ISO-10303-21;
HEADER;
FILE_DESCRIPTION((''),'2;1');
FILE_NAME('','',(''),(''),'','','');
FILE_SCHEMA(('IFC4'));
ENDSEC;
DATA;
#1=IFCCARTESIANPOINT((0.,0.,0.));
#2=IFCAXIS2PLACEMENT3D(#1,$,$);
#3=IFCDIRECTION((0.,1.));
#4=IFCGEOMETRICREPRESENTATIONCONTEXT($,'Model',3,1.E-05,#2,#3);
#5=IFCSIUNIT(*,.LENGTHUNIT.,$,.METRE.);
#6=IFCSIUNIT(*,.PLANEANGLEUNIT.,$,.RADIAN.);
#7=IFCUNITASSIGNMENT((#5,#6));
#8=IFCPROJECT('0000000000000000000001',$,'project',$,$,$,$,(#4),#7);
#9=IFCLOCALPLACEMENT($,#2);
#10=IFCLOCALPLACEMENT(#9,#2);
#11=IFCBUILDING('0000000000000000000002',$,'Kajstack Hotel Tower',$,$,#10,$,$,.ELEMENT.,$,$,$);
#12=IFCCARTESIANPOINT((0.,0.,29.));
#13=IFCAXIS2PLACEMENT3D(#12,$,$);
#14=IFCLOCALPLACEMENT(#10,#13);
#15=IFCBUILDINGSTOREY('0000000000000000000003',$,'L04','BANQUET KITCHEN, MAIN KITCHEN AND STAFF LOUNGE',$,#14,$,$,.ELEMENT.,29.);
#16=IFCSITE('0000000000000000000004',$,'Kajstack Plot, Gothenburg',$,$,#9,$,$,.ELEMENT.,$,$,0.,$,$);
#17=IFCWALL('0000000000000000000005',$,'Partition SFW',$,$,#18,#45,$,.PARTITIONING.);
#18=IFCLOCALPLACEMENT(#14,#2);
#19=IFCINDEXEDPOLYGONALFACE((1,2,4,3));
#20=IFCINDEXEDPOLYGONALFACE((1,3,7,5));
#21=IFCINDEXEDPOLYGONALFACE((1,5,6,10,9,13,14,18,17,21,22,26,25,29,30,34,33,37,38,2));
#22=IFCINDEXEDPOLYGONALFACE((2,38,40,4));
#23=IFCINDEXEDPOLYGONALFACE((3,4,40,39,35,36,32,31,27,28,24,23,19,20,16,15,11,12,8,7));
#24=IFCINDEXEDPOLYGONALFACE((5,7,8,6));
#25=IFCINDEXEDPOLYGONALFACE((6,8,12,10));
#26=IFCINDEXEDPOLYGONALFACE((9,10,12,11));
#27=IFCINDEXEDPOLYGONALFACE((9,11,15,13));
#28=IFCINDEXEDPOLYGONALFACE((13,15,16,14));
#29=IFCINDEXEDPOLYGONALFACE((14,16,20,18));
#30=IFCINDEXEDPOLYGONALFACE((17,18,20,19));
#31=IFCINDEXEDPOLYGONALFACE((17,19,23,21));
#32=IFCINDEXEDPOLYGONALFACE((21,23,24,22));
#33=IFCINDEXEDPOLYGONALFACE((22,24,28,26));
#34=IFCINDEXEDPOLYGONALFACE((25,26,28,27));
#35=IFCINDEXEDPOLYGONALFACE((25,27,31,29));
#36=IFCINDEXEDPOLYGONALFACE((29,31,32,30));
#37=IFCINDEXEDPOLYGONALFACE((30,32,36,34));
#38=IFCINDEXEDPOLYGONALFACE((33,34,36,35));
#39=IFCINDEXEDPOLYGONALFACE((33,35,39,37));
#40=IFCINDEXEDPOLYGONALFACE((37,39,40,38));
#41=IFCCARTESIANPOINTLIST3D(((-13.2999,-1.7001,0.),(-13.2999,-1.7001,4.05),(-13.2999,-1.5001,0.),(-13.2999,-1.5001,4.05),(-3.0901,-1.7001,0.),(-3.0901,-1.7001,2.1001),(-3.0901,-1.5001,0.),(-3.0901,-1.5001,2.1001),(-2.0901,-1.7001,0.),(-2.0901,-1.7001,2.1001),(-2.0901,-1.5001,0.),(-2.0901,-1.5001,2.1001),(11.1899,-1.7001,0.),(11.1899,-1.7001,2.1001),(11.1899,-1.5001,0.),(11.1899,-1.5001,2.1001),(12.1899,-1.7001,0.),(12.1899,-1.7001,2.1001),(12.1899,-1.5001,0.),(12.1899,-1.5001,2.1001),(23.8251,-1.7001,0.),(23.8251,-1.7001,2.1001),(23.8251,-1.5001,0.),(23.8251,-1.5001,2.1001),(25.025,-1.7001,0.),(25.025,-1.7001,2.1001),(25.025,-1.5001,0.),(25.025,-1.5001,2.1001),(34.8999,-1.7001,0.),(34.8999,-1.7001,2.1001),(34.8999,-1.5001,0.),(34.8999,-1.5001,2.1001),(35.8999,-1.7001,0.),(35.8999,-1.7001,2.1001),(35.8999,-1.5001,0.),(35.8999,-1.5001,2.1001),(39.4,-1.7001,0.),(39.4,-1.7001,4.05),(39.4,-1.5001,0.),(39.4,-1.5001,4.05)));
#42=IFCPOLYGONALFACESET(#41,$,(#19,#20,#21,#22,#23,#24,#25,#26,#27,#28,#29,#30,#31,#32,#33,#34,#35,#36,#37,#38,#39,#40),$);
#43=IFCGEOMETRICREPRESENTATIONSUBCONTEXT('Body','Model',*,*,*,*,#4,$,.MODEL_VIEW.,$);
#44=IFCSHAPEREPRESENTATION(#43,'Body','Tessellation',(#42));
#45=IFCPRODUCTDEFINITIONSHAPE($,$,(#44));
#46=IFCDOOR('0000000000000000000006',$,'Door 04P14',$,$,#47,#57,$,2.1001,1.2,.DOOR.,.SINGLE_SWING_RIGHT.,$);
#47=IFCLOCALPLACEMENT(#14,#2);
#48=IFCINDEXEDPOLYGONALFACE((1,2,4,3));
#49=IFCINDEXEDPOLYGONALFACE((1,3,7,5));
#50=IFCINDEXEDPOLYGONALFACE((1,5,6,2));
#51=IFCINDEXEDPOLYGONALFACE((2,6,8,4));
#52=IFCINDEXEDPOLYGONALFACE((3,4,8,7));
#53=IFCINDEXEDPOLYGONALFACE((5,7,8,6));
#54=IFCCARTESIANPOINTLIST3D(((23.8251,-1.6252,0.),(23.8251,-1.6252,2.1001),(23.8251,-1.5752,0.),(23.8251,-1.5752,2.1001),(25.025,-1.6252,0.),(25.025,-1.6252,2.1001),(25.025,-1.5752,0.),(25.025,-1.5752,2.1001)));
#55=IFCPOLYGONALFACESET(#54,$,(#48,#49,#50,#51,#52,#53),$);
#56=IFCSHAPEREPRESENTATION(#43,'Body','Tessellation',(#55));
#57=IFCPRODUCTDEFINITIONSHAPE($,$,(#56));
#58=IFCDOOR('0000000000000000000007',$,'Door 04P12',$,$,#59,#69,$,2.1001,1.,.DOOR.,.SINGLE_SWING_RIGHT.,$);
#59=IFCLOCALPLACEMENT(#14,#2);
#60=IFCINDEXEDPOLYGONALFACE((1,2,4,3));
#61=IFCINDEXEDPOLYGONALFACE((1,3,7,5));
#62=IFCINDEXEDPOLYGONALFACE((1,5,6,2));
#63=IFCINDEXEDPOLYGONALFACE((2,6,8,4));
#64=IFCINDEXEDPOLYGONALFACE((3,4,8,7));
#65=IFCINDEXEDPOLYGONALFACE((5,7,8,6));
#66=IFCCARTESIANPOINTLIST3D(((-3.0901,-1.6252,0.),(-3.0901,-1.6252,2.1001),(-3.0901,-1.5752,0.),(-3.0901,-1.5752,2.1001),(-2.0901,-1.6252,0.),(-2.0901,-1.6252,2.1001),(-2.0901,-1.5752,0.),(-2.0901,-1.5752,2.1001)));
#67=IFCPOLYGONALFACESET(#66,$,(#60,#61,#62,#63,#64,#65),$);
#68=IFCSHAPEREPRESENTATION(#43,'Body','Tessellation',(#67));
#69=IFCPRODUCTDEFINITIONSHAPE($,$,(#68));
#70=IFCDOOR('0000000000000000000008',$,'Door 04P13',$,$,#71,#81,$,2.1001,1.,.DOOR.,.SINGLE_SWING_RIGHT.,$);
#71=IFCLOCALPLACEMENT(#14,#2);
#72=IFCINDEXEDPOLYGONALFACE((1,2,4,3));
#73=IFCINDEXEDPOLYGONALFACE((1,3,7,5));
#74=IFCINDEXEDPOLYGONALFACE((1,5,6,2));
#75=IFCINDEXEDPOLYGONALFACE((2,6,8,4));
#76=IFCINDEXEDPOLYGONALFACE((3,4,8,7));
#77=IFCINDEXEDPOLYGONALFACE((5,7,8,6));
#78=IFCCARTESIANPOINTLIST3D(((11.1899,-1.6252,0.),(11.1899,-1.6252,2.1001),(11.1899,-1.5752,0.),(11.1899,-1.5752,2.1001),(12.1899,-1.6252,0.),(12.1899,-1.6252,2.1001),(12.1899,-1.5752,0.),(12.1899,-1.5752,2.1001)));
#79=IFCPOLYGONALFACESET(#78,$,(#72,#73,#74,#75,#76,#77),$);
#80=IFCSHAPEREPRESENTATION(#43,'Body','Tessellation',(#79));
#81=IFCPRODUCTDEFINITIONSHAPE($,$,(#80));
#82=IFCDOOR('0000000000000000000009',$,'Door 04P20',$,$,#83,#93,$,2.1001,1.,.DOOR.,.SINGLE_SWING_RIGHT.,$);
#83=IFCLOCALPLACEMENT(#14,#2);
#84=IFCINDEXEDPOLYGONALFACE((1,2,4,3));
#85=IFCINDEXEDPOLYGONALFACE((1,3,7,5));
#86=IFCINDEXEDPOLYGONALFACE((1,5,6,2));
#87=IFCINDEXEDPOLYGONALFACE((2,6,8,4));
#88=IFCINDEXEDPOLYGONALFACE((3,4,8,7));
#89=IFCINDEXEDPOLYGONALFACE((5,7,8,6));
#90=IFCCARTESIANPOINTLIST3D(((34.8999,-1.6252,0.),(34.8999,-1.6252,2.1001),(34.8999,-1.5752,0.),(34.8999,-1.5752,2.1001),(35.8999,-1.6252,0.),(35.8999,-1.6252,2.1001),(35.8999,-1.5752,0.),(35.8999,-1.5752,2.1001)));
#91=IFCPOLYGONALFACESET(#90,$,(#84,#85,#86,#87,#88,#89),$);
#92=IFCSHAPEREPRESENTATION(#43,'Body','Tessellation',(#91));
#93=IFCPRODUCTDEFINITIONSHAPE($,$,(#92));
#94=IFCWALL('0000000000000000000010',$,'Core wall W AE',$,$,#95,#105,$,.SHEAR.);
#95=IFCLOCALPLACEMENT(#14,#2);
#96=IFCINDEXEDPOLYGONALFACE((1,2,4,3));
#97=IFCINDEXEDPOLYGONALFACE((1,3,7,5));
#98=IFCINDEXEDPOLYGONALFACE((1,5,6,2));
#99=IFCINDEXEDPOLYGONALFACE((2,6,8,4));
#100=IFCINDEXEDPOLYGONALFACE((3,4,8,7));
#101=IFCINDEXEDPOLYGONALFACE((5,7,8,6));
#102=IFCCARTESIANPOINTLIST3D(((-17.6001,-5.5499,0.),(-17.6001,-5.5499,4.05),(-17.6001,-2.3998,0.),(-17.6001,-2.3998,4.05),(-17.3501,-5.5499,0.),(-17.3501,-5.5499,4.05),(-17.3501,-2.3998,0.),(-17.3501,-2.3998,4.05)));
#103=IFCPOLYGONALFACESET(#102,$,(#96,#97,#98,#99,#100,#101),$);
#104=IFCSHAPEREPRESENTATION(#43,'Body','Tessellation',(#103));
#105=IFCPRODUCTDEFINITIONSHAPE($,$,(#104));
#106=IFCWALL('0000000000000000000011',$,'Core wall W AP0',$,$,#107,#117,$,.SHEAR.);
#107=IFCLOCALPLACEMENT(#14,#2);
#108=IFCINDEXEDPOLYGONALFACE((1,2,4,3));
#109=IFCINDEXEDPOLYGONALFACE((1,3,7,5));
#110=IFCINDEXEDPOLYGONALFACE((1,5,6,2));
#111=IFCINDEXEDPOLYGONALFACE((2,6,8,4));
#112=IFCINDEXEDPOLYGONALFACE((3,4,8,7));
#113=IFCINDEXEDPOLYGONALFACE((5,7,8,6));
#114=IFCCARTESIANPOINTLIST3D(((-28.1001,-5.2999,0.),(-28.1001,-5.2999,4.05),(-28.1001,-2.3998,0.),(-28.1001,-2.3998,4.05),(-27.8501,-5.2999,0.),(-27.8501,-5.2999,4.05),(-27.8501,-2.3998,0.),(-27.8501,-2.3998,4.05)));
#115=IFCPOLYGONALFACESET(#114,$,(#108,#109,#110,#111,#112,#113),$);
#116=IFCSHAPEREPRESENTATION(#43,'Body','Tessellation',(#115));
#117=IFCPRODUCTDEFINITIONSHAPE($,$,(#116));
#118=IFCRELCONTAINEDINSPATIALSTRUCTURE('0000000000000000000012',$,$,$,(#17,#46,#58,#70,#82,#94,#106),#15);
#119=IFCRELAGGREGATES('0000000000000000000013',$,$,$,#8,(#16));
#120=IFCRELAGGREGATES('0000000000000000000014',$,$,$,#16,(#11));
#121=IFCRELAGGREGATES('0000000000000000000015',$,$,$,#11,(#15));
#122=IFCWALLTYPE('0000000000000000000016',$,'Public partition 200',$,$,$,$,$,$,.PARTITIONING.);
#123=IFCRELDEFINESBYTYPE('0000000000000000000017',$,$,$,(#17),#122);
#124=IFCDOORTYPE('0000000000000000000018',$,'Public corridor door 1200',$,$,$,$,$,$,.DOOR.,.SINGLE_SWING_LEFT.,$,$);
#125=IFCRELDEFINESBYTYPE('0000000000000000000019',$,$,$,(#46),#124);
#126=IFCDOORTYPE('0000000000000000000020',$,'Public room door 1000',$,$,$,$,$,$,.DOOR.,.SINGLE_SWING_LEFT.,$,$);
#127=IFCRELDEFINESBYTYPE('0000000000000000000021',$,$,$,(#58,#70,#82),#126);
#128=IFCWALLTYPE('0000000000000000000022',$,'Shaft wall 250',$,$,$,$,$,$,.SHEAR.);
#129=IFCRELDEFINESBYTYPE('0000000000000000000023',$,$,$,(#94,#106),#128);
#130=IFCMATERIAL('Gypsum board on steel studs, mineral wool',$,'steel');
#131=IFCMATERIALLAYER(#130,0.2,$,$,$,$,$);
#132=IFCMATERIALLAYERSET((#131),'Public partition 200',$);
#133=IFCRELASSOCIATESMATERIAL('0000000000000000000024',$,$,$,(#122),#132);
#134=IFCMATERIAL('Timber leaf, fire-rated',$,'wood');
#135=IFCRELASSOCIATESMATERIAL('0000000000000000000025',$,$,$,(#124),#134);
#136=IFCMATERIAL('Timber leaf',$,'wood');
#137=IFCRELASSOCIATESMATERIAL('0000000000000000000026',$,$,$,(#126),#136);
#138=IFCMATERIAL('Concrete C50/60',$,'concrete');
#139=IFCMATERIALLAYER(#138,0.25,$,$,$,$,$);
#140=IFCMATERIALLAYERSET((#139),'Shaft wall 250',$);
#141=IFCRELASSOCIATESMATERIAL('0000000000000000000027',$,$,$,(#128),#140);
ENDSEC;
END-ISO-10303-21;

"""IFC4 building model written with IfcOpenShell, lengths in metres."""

from ifc_helpers import new_model, si_unit, direction, frame, frame_2d, origin, place, context, subcontext, project, spatial, rectangle, extrude, material, layer, layer_set, type_object, element, fill, save


model = new_model("IFC4")

# Units and contexts
model_context = context("Model", 3, precision=1e-05, world=origin(), true_north=direction((0.0, 1.0)))
body_context = subcontext(model_context, "Body", "Model", "MODEL_VIEW")
ifc_project = project(units=[si_unit("LENGTHUNIT", "METRE"), si_unit("PLANEANGLEUNIT", "RADIAN")], contexts=[model_context])

# Site, building, storey
site_placement = place(None, origin())
site = spatial("IfcSite", under=ifc_project, at=site_placement, Name="Kajstack Plot, Gothenburg", CompositionType="ELEMENT", RefElevation=0.0)
building_placement = place(site_placement, origin())
building = spatial("IfcBuilding", under=site, at=building_placement, Name="Kajstack Hotel Tower", CompositionType="ELEMENT")
storey_placement = place(building_placement, frame((0.0, 0.0, 29.0)))
storey = spatial("IfcBuildingStorey", under=building, at=storey_placement, Name="L04", Description="BANQUET KITCHEN, MAIN KITCHEN AND STAFF LOUNGE", CompositionType="ELEMENT", Elevation=29.0)

# Shared definitions
ifc_material_1 = material(Name="Concrete C50/60", Category="concrete")

# Shared definitions
ifc_material_2 = material(Name="Gypsum board on steel studs, mineral wool", Category="steel")
ifc_layer_1 = layer(ifc_material_2, 0.2)
ifc_layer_set_1 = layer_set([ifc_layer_1], Name="Public partition 200")
wall_type_1 = type_object("IfcWallType", Name="Public partition 200", PredefinedType="PARTITIONING", material=ifc_layer_set_1)

# Shared definitions
ifc_material_3 = material(Name="Timber leaf", Category="wood")

# Wall, openings, doors
wall_1_placement = place(storey_placement, frame((-13.3, -1.6001, 0.0), z_axis=(0.0, 0.0, 1.0), x_axis=(1.0, 0.0, 0.0)))
wall_1 = element("IfcWall", 1, at=wall_1_placement, inside=storey, type_object=wall_type_1, Name="Partition SFW", PredefinedType="PARTITIONING", context=body_context, shape_type="SweptSolid", body=[
    extrude(rectangle(XDim=52.7, YDim=0.2, at=frame_2d((26.3501, 0.0))), origin(), (0.0, 0.0, 1.0), 4.05),
])
opening_1_placement = place(wall_1_placement, frame((10.21, 0.0, 0.0)))
opening_1 = element("IfcOpeningElement", 2, at=opening_1_placement, cuts=wall_1, PredefinedType="OPENING", context=body_context, shape_type="SweptSolid", body=[
    extrude(rectangle(XDim=1.0, YDim=2.1001, at=frame_2d((0.5, 1.05))), frame((0.0, 0.1099, 0.0), z_axis=(0.0, -1.0, 0.0), x_axis=(1.0, 0.0, 0.0)), (0.0, 0.0, 1.0), 0.22),
])
opening_2_placement = place(wall_1_placement, frame((24.49, 0.0, 0.0)))
opening_2 = element("IfcOpeningElement", 3, at=opening_2_placement, cuts=wall_1, PredefinedType="OPENING", context=body_context, shape_type="SweptSolid", body=[
    extrude(rectangle(XDim=1.0, YDim=2.1001, at=frame_2d((0.5, 1.05))), frame((0.0, 0.1099, 0.0), z_axis=(0.0, -1.0, 0.0), x_axis=(1.0, 0.0, 0.0)), (0.0, 0.0, 1.0), 0.22),
])
opening_3_placement = place(wall_1_placement, frame((37.125, 0.0, 0.0)))
opening_3 = element("IfcOpeningElement", 4, at=opening_3_placement, cuts=wall_1, PredefinedType="OPENING", context=body_context, shape_type="SweptSolid", body=[
    extrude(rectangle(XDim=1.2, YDim=2.1001, at=frame_2d((0.6001, 1.05))), frame((0.0, 0.1099, 0.0), z_axis=(0.0, -1.0, 0.0), x_axis=(1.0, 0.0, 0.0)), (0.0, 0.0, 1.0), 0.22),
])
opening_4_placement = place(wall_1_placement, frame((48.2, 0.0, 0.0)))
opening_4 = element("IfcOpeningElement", 5, at=opening_4_placement, cuts=wall_1, PredefinedType="OPENING", context=body_context, shape_type="SweptSolid", body=[
    extrude(rectangle(XDim=1.0, YDim=2.1001, at=frame_2d((0.5, 1.05))), frame((0.0, 0.1099, 0.0), z_axis=(0.0, -1.0, 0.0), x_axis=(1.0, 0.0, 0.0)), (0.0, 0.0, 1.0), 0.22),
])
ifc_material_4 = material(Name="Timber leaf, fire-rated", Category="wood")
door_type_1 = type_object("IfcDoorType", Name="Public corridor door 1200", OperationType="SINGLE_SWING_LEFT", PredefinedType="DOOR", material=ifc_material_4)
door_1_placement = place(opening_3_placement, origin())
door_1 = element("IfcDoor", 6, at=door_1_placement, inside=storey, type_object=door_type_1, Name="Door 04P14", OperationType="SINGLE_SWING_RIGHT", OverallHeight=2.1001, OverallWidth=1.2, PredefinedType="DOOR", context=body_context, shape_type="SweptSolid", body=[
    extrude(rectangle(XDim=1.2, YDim=2.1001, at=frame_2d((0.6001, 1.05))), frame((0.0, 0.0249, 0.0), z_axis=(0.0, -1.0, 0.0), x_axis=(1.0, 0.0, 0.0)), (0.0, 0.0, 1.0), 0.05),
])
fill(opening_3, door_1)
door_type_2 = type_object("IfcDoorType", Name="Public room door 1000", OperationType="SINGLE_SWING_LEFT", PredefinedType="DOOR", material=ifc_material_3)
door_2_placement = place(opening_1_placement, origin())
door_2 = element("IfcDoor", 7, at=door_2_placement, inside=storey, type_object=door_type_2, Name="Door 04P12", OperationType="SINGLE_SWING_RIGHT", OverallHeight=2.1001, OverallWidth=1.0, PredefinedType="DOOR", context=body_context, shape_type="SweptSolid", body=[
    extrude(rectangle(XDim=1.0, YDim=2.1001, at=frame_2d((0.5, 1.05))), frame((0.0, 0.0249, 0.0), z_axis=(0.0, -1.0, 0.0), x_axis=(1.0, 0.0, 0.0)), (0.0, 0.0, 1.0), 0.05),
])
fill(opening_1, door_2)
door_3_placement = place(opening_2_placement, origin())
door_3 = element("IfcDoor", 8, at=door_3_placement, inside=storey, type_object=door_type_2, Name="Door 04P13", OperationType="SINGLE_SWING_RIGHT", OverallHeight=2.1001, OverallWidth=1.0, PredefinedType="DOOR", context=body_context, shape_type="SweptSolid", body=[
    extrude(rectangle(XDim=1.0, YDim=2.1001, at=frame_2d((0.5, 1.05))), frame((0.0, 0.0249, 0.0), z_axis=(0.0, -1.0, 0.0), x_axis=(1.0, 0.0, 0.0)), (0.0, 0.0, 1.0), 0.05),
])
fill(opening_2, door_3)
door_4_placement = place(opening_4_placement, origin())
door_4 = element("IfcDoor", 9, at=door_4_placement, inside=storey, type_object=door_type_2, Name="Door 04P20", OperationType="SINGLE_SWING_RIGHT", OverallHeight=2.1001, OverallWidth=1.0, PredefinedType="DOOR", context=body_context, shape_type="SweptSolid", body=[
    extrude(rectangle(XDim=1.0, YDim=2.1001, at=frame_2d((0.5, 1.05))), frame((0.0, 0.0249, 0.0), z_axis=(0.0, -1.0, 0.0), x_axis=(1.0, 0.0, 0.0)), (0.0, 0.0, 1.0), 0.05),
])
fill(opening_4, door_4)

# Walls
ifc_layer_2 = layer(ifc_material_1, 0.25)
ifc_layer_set_2 = layer_set([ifc_layer_2], Name="Shaft wall 250")
wall_type_2 = type_object("IfcWallType", Name="Shaft wall 250", PredefinedType="SHEAR", material=ifc_layer_set_2)
wall_2_placement = place(storey_placement, frame((-17.4751, -5.55, 0.0), z_axis=(0.0, 0.0, 1.0), x_axis=(0.0, 1.0, 0.0)))
element("IfcWall", 10, at=wall_2_placement, inside=storey, type_object=wall_type_2, Name="Core wall W AE", PredefinedType="SHEAR", context=body_context, shape_type="SweptSolid", body=[
    extrude(rectangle(XDim=3.1501, YDim=0.25, at=frame_2d((1.5752, 0.0))), origin(), (0.0, 0.0, 1.0), 4.05),
])
wall_3_placement = place(storey_placement, frame((-27.9751, -5.3, 0.0), z_axis=(0.0, 0.0, 1.0), x_axis=(0.0, 1.0, 0.0)))
element("IfcWall", 11, at=wall_3_placement, inside=storey, type_object=wall_type_2, Name="Core wall W AP0", PredefinedType="SHEAR", context=body_context, shape_type="SweptSolid", body=[
    extrude(rectangle(XDim=2.9001, YDim=0.25, at=frame_2d((1.4502, 0.0))), origin(), (0.0, 0.0, 1.0), 4.05),
])

save(model, "model.ifc")
